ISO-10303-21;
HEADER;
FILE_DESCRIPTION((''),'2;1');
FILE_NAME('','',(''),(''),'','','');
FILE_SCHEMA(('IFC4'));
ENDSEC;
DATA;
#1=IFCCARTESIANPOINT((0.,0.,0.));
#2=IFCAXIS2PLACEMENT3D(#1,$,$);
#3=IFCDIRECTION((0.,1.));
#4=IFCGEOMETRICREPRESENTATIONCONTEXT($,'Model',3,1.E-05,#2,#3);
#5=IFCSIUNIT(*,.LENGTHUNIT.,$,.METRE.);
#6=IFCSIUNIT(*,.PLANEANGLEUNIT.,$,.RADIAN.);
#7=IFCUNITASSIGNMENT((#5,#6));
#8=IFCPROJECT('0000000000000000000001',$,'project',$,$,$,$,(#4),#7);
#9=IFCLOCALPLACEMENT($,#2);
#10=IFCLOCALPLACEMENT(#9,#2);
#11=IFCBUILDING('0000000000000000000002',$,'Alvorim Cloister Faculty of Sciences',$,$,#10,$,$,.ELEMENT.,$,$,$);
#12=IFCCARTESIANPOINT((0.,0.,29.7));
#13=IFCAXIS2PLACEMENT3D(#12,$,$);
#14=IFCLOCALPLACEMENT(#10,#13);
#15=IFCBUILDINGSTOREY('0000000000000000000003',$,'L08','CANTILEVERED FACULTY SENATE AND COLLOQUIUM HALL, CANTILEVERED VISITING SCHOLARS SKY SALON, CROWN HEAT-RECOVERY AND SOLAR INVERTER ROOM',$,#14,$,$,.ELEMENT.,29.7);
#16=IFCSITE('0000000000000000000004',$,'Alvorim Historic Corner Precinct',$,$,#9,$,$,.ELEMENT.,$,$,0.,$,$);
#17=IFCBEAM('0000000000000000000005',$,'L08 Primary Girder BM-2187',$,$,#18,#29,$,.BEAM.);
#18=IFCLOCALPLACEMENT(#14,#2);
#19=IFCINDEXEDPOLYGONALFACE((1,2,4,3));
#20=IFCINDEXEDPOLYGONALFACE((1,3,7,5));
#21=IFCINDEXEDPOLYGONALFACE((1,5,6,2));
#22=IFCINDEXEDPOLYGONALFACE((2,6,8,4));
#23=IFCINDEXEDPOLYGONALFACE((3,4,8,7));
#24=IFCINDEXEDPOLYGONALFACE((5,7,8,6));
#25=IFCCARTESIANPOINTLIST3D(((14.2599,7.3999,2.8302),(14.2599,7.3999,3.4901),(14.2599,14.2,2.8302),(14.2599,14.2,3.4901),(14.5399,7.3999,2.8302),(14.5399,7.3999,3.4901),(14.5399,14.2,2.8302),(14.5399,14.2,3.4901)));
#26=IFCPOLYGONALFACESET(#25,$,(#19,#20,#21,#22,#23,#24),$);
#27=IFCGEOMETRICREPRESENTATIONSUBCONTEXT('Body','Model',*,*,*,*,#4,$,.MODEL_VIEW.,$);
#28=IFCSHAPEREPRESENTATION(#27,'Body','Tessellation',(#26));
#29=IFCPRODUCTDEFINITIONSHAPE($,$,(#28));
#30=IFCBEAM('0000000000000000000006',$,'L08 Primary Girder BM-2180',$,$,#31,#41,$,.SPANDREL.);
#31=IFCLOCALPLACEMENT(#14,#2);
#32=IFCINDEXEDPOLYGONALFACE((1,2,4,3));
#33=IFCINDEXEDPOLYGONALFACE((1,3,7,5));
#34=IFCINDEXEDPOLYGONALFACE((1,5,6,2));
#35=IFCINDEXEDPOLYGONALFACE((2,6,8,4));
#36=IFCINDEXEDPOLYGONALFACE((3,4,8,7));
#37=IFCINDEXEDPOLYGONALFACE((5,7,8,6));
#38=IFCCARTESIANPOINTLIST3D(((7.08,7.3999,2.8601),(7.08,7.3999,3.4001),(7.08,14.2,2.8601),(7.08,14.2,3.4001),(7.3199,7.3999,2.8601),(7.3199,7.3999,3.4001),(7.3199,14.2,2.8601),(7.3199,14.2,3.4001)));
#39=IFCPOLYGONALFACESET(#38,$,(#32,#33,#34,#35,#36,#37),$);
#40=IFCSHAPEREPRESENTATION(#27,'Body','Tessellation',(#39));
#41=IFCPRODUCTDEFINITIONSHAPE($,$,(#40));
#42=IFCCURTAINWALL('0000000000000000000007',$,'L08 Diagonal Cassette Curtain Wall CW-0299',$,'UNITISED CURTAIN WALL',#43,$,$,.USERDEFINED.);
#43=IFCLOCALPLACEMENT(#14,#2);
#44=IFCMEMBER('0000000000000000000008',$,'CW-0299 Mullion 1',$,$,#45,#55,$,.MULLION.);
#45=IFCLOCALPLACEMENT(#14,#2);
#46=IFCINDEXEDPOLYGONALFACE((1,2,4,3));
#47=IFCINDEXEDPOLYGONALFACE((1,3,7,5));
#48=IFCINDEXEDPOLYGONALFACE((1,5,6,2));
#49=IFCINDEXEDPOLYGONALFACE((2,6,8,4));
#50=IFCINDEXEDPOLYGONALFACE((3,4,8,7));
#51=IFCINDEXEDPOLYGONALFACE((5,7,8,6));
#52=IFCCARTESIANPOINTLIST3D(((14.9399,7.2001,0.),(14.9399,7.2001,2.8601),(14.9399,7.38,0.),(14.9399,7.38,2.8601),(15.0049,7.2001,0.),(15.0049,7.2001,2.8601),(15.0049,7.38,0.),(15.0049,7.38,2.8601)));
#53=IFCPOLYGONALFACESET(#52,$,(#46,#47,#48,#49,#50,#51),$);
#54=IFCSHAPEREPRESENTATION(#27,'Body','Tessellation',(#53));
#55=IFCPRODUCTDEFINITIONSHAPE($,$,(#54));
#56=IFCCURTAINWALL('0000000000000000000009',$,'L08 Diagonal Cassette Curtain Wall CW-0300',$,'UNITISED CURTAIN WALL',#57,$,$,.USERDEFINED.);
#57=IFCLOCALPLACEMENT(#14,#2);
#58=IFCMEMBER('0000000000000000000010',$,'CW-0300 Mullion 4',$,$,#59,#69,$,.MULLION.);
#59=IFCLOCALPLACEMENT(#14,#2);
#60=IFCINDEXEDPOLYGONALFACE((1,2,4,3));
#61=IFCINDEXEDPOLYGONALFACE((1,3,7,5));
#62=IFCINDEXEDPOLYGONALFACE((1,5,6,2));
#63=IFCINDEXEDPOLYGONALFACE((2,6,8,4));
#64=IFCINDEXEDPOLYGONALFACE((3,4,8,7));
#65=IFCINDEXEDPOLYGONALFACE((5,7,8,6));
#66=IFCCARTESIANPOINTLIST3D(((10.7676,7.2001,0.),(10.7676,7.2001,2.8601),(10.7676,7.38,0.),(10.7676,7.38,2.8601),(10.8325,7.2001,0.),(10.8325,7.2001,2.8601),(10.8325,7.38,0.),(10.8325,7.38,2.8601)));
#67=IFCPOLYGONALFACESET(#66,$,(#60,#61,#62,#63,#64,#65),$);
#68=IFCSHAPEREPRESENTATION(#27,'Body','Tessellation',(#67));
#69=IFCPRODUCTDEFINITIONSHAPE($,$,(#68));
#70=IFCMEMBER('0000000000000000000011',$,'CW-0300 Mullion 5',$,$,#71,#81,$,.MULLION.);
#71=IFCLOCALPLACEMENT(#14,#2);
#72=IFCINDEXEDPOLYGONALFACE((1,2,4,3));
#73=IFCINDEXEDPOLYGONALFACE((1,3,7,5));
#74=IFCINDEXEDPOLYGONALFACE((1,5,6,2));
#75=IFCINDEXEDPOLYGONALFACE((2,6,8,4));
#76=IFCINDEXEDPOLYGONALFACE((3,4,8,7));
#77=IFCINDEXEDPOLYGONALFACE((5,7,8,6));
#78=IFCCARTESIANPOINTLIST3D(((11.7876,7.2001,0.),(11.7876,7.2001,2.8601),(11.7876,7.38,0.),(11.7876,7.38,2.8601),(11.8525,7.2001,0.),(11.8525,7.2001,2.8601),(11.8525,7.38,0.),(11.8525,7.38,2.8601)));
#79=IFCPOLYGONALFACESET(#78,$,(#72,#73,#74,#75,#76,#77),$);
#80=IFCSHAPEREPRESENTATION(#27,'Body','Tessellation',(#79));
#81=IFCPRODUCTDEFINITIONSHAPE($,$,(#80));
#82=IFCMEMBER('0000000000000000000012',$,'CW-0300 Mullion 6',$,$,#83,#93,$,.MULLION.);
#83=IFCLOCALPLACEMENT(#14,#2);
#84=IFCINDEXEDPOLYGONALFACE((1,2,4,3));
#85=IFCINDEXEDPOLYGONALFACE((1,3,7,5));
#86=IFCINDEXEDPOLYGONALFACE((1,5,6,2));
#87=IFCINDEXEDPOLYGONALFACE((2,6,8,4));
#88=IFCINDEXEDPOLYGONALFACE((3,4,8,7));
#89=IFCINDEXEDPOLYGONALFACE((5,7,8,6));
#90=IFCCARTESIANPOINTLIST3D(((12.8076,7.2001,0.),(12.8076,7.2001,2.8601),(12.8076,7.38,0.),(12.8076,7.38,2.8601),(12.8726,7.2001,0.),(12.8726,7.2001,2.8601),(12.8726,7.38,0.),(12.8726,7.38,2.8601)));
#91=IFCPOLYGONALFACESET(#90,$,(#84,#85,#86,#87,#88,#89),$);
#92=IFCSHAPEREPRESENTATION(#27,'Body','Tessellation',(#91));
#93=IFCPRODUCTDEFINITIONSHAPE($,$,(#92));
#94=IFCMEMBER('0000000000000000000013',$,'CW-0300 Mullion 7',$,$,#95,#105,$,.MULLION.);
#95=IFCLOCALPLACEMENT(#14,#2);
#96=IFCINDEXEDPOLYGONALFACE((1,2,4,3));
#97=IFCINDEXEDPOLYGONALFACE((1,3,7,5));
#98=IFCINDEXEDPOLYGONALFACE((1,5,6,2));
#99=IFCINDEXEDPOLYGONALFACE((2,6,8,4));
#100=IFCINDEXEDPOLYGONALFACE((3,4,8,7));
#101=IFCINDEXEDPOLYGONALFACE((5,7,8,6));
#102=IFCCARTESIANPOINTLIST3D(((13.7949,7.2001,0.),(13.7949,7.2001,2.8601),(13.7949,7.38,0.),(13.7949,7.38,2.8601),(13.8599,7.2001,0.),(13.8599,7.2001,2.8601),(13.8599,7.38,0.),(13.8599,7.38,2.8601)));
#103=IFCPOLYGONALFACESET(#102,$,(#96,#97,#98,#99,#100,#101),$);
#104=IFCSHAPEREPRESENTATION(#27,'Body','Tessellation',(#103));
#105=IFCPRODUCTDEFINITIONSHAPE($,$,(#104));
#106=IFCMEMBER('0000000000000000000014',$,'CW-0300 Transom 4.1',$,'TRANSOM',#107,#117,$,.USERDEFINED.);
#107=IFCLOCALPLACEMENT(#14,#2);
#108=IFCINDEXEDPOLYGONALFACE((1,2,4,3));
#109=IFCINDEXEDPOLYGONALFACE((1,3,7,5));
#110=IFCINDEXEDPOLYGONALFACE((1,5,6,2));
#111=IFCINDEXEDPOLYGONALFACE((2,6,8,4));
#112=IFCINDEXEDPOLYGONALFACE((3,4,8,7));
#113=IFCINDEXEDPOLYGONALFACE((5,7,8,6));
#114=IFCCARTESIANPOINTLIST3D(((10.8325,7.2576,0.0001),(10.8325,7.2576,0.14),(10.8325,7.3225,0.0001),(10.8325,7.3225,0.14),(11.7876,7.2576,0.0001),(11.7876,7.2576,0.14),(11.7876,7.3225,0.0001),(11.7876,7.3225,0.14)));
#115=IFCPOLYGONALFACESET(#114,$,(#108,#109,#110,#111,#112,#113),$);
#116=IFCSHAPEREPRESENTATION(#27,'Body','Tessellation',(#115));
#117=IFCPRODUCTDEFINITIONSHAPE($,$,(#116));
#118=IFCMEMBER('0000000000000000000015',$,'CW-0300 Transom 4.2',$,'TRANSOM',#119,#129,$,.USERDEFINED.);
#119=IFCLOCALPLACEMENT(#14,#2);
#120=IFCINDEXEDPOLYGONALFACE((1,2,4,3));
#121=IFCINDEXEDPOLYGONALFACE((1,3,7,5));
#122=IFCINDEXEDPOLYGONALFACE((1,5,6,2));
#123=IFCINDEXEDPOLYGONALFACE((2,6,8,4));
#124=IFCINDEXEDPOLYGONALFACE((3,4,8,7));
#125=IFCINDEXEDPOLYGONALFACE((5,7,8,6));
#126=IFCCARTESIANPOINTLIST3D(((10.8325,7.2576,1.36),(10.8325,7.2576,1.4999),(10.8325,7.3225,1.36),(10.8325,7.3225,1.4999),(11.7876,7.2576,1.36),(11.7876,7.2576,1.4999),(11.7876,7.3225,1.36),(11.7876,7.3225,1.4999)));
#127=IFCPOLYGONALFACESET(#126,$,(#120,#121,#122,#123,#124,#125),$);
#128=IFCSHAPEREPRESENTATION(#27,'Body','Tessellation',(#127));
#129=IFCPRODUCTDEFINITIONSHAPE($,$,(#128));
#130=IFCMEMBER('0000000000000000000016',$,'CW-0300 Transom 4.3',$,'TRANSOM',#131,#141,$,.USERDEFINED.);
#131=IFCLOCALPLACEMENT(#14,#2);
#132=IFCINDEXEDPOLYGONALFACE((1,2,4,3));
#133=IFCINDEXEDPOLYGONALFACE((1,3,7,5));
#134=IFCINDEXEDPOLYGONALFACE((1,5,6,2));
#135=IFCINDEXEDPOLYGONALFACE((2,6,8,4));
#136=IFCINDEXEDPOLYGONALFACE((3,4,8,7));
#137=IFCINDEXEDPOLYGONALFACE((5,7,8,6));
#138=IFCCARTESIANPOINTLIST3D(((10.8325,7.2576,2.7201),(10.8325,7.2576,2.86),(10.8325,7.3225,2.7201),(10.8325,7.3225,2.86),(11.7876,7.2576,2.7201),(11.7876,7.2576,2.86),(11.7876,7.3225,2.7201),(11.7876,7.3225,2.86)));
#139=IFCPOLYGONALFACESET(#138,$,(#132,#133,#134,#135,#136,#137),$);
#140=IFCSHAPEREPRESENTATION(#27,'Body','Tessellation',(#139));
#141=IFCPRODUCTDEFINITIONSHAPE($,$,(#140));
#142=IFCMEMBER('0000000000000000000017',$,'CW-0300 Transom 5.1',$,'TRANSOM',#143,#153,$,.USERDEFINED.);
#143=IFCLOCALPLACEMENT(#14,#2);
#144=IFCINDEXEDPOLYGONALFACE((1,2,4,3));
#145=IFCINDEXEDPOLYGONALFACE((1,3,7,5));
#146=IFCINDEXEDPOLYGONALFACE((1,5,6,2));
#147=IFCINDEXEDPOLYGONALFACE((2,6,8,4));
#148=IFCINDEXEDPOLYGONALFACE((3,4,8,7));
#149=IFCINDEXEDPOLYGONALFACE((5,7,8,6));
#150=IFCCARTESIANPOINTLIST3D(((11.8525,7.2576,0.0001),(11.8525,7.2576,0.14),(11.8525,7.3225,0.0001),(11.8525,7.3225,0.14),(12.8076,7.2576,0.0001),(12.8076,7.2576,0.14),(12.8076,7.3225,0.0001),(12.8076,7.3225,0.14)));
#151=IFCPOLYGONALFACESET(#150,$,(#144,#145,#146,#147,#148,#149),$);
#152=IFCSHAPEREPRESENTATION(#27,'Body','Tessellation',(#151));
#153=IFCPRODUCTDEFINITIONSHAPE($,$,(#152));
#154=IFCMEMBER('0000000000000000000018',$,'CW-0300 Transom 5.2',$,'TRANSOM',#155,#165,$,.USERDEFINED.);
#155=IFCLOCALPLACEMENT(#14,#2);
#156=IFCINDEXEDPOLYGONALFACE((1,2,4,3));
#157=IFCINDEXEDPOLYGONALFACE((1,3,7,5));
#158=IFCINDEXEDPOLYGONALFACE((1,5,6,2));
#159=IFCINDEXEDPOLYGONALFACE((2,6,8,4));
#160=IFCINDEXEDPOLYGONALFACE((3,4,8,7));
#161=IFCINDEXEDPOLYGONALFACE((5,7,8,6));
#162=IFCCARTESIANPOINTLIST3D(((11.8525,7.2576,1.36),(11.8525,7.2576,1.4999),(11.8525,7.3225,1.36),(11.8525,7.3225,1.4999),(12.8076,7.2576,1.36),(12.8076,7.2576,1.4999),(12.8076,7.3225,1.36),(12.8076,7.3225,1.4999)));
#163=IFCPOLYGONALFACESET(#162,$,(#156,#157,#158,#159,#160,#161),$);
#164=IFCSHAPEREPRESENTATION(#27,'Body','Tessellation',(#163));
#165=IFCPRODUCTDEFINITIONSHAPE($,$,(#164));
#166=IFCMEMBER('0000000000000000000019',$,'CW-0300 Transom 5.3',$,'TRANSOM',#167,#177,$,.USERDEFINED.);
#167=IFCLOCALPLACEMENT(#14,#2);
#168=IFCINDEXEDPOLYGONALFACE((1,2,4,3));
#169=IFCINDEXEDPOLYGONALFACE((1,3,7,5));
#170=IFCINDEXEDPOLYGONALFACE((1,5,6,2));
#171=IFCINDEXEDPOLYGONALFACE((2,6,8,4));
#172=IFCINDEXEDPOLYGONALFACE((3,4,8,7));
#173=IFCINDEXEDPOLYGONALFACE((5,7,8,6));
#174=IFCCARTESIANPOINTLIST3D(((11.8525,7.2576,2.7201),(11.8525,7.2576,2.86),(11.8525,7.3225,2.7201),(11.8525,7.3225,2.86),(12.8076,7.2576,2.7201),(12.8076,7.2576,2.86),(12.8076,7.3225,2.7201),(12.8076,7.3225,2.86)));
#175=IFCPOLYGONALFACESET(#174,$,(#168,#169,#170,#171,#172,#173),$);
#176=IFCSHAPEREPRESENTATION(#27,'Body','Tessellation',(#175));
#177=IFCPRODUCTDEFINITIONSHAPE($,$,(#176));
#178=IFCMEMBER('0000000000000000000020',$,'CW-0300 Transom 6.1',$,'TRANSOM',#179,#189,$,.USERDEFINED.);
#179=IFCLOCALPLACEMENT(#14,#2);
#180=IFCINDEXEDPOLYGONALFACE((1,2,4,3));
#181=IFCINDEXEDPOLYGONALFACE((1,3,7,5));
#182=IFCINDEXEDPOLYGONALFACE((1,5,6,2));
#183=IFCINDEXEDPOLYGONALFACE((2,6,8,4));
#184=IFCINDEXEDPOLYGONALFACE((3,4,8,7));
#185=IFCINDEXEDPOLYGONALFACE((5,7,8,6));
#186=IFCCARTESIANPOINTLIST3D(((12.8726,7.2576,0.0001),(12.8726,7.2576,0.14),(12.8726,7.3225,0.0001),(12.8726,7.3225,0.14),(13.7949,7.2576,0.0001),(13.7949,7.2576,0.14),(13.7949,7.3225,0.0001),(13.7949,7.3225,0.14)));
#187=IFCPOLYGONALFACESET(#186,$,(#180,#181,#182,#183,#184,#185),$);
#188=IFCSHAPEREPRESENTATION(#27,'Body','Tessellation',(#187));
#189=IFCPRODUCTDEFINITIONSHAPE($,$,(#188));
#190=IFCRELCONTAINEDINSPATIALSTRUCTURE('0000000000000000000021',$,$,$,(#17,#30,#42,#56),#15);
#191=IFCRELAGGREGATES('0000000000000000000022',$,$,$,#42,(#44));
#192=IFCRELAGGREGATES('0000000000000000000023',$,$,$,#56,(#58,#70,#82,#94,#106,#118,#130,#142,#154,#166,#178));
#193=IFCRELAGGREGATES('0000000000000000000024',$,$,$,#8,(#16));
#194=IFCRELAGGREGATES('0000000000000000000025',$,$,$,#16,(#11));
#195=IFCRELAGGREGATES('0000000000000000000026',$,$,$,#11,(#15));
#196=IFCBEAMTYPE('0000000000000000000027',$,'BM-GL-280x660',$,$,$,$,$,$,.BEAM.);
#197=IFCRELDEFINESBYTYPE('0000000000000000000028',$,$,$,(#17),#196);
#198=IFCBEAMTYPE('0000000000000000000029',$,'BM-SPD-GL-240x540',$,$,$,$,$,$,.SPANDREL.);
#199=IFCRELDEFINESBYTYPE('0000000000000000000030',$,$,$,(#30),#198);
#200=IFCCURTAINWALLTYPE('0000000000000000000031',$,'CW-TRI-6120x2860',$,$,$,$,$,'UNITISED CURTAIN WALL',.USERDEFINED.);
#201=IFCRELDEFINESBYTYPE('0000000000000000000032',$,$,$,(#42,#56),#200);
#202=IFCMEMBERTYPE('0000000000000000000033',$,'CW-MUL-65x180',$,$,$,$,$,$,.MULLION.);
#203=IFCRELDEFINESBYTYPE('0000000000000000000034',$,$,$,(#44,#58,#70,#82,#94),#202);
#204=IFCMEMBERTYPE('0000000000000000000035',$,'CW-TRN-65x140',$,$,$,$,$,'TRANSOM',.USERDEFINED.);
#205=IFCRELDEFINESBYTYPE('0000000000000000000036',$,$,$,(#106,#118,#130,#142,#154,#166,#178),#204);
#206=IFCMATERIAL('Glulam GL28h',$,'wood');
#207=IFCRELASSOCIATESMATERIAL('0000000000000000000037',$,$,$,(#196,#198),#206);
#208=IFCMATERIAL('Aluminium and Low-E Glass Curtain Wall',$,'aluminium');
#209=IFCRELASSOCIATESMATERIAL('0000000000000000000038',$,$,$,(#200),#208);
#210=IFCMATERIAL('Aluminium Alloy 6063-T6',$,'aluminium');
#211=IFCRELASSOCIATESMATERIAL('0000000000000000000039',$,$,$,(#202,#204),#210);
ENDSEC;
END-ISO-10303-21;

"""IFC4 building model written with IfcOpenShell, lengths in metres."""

from ifc_helpers import new_model, si_unit, direction, frame, origin, origin_2d, place, context, subcontext, project, spatial, rectangle, extrude, material, material_profile, profile_set, type_object, element, aggregate, save


model = new_model("IFC4")

# Units and contexts
model_context = context("Model", 3, precision=1e-05, world=origin(), true_north=direction((0.0, 1.0)))
body_context = subcontext(model_context, "Body", "Model", "MODEL_VIEW")
ifc_project = project(units=[si_unit("LENGTHUNIT", "METRE"), si_unit("PLANEANGLEUNIT", "RADIAN")], contexts=[model_context])

# Site, building, storey
site_placement = place(None, origin())
site = spatial("IfcSite", under=ifc_project, at=site_placement, Name="Alvorim Historic Corner Precinct", CompositionType="ELEMENT", RefElevation=0.0)
building_placement = place(site_placement, origin())
building = spatial("IfcBuilding", under=site, at=building_placement, Name="Alvorim Cloister Faculty of Sciences", CompositionType="ELEMENT")
storey_placement = place(building_placement, frame((0.0, 0.0, 29.7)))
storey = spatial("IfcBuildingStorey", under=building, at=storey_placement, Name="L08", Description="CANTILEVERED FACULTY SENATE AND COLLOQUIUM HALL, CANTILEVERED VISITING SCHOLARS SKY SALON, CROWN HEAT-RECOVERY AND SOLAR INVERTER ROOM", CompositionType="ELEMENT", Elevation=29.7)

# Beams
ifc_material_1 = material(Name="Glulam GL28h", Category="wood")
ifc_material_profile_1 = material_profile(ifc_material_1, rectangle(XDim=0.28, YDim=0.6599, at=origin_2d()), Name="GL28-BM-280x660")
ifc_profile_set_1 = profile_set([ifc_material_profile_1], Name="Glulam GL28h")
beam_type_1 = type_object("IfcBeamType", Name="BM-GL-280x660", PredefinedType="BEAM", material=ifc_profile_set_1)
beam_1_placement = place(storey_placement, frame((14.3999, 7.3999, 3.1602), z_axis=(0.0, 1.0, 0.0), x_axis=(-1.0, 0.0, 0.0)))
element("IfcBeam", 1, at=beam_1_placement, inside=storey, type_object=beam_type_1, Name="L08 Primary Girder BM-2187", PredefinedType="BEAM", context=body_context, shape_type="SweptSolid", body=[
    extrude(rectangle(XDim=0.28, YDim=0.6599, at=origin_2d()), origin(), (0.0, 0.0, 1.0), 6.8),
])
ifc_material_profile_2 = material_profile(ifc_material_1, rectangle(XDim=0.24, YDim=0.54, at=origin_2d()), Name="GL28-SPD-240x540")
ifc_profile_set_2 = profile_set([ifc_material_profile_2], Name="Glulam GL28h")
beam_type_2 = type_object("IfcBeamType", Name="BM-SPD-GL-240x540", PredefinedType="SPANDREL", material=ifc_profile_set_2)
beam_2_placement = place(storey_placement, frame((7.2, 7.3999, 3.1301), z_axis=(0.0, 1.0, 0.0), x_axis=(-1.0, 0.0, 0.0)))
element("IfcBeam", 2, at=beam_2_placement, inside=storey, type_object=beam_type_2, Name="L08 Primary Girder BM-2180", PredefinedType="SPANDREL", context=body_context, shape_type="SweptSolid", body=[
    extrude(rectangle(XDim=0.24, YDim=0.54, at=origin_2d()), origin(), (0.0, 0.0, 1.0), 6.8),
])

# Curtain wall, member
ifc_material_2 = material(Name="Aluminium and Low-E Glass Curtain Wall", Category="aluminium")
curtain_wall_type = type_object("IfcCurtainWallType", Name="CW-TRI-6120x2860", ElementType="UNITISED CURTAIN WALL", PredefinedType="USERDEFINED", material=ifc_material_2)
curtain_wall_1_placement = place(storey_placement, origin())
curtain_wall_1 = element("IfcCurtainWall", 3, at=curtain_wall_1_placement, inside=storey, type_object=curtain_wall_type, Name="L08 Diagonal Cassette Curtain Wall CW-0299", ObjectType="UNITISED CURTAIN WALL", PredefinedType="USERDEFINED")
ifc_material_3 = material(Name="Aluminium Alloy 6063-T6", Category="aluminium")
ifc_material_profile_3 = material_profile(ifc_material_3, rectangle(XDim=0.0649, YDim=0.1799, at=origin_2d()), Name="ALU-MUL-65x180")
ifc_profile_set_3 = profile_set([ifc_material_profile_3], Name="Aluminium Alloy 6063-T6")
member_type_1 = type_object("IfcMemberType", Name="CW-MUL-65x180", PredefinedType="MULLION", material=ifc_profile_set_3)
member_1_placement = place(storey_placement, frame((14.9724, 7.29, 0.0), z_axis=(0.0, 0.0, 1.0), x_axis=(1.0, 0.0, 0.0)))
member_1 = element("IfcMember", 4, at=member_1_placement, type_object=member_type_1, Name="CW-0299 Mullion 1", PredefinedType="MULLION", context=body_context, shape_type="SweptSolid", body=[
    extrude(rectangle(XDim=0.0649, YDim=0.1799, at=origin_2d()), origin(), (0.0, 0.0, 1.0), 2.8601),
])
aggregate(curtain_wall_1, [member_1])

# Curtain wall, members
curtain_wall_2_placement = place(storey_placement, origin())
curtain_wall_2 = element("IfcCurtainWall", 5, at=curtain_wall_2_placement, inside=storey, type_object=curtain_wall_type, Name="L08 Diagonal Cassette Curtain Wall CW-0300", ObjectType="UNITISED CURTAIN WALL", PredefinedType="USERDEFINED")
member_2_placement = place(storey_placement, frame((10.8, 7.29, 0.0), z_axis=(0.0, 0.0, 1.0), x_axis=(1.0, 0.0, 0.0)))
member_2 = element("IfcMember", 6, at=member_2_placement, type_object=member_type_1, Name="CW-0300 Mullion 4", PredefinedType="MULLION", context=body_context, shape_type="SweptSolid", body=[
    extrude(rectangle(XDim=0.0649, YDim=0.1799, at=origin_2d()), origin(), (0.0, 0.0, 1.0), 2.8601),
])
member_3_placement = place(storey_placement, frame((11.8201, 7.29, 0.0), z_axis=(0.0, 0.0, 1.0), x_axis=(1.0, 0.0, 0.0)))
member_3 = element("IfcMember", 7, at=member_3_placement, type_object=member_type_1, Name="CW-0300 Mullion 5", PredefinedType="MULLION", context=body_context, shape_type="SweptSolid", body=[
    extrude(rectangle(XDim=0.0649, YDim=0.1799, at=origin_2d()), origin(), (0.0, 0.0, 1.0), 2.8601),
])
member_4_placement = place(storey_placement, frame((12.8401, 7.29, 0.0), z_axis=(0.0, 0.0, 1.0), x_axis=(1.0, 0.0, 0.0)))
member_4 = element("IfcMember", 8, at=member_4_placement, type_object=member_type_1, Name="CW-0300 Mullion 6", PredefinedType="MULLION", context=body_context, shape_type="SweptSolid", body=[
    extrude(rectangle(XDim=0.0649, YDim=0.1799, at=origin_2d()), origin(), (0.0, 0.0, 1.0), 2.8601),
])
member_5_placement = place(storey_placement, frame((13.8274, 7.29, 0.0), z_axis=(0.0, 0.0, 1.0), x_axis=(1.0, 0.0, 0.0)))
member_5 = element("IfcMember", 9, at=member_5_placement, type_object=member_type_1, Name="CW-0300 Mullion 7", PredefinedType="MULLION", context=body_context, shape_type="SweptSolid", body=[
    extrude(rectangle(XDim=0.0649, YDim=0.1799, at=origin_2d()), origin(), (0.0, 0.0, 1.0), 2.8601),
])
ifc_material_profile_4 = material_profile(ifc_material_3, rectangle(XDim=0.0649, YDim=0.1399, at=origin_2d()), Name="ALU-TRN-65x140")
ifc_profile_set_4 = profile_set([ifc_material_profile_4], Name="Aluminium Alloy 6063-T6")
member_type_2 = type_object("IfcMemberType", Name="CW-TRN-65x140", ElementType="TRANSOM", PredefinedType="USERDEFINED", material=ifc_profile_set_4)
member_6_placement = place(storey_placement, frame((10.8325, 7.29, 0.0701), z_axis=(1.0, 0.0, 0.0), x_axis=(0.0, 1.0, 0.0)))
member_6 = element("IfcMember", 10, at=member_6_placement, type_object=member_type_2, Name="CW-0300 Transom 4.1", ObjectType="TRANSOM", PredefinedType="USERDEFINED", context=body_context, shape_type="SweptSolid", body=[
    extrude(rectangle(XDim=0.0649, YDim=0.1399, at=origin_2d()), origin(), (0.0, 0.0, 1.0), 0.9551),
])
member_7_placement = place(storey_placement, frame((10.8325, 7.29, 1.4299), z_axis=(1.0, 0.0, 0.0), x_axis=(0.0, 1.0, 0.0)))
member_7 = element("IfcMember", 11, at=member_7_placement, type_object=member_type_2, Name="CW-0300 Transom 4.2", ObjectType="TRANSOM", PredefinedType="USERDEFINED", context=body_context, shape_type="SweptSolid", body=[
    extrude(rectangle(XDim=0.0649, YDim=0.1399, at=origin_2d()), origin(), (0.0, 0.0, 1.0), 0.9551),
])
member_8_placement = place(storey_placement, frame((10.8325, 7.29, 2.79), z_axis=(1.0, 0.0, 0.0), x_axis=(0.0, 1.0, 0.0)))
member_8 = element("IfcMember", 12, at=member_8_placement, type_object=member_type_2, Name="CW-0300 Transom 4.3", ObjectType="TRANSOM", PredefinedType="USERDEFINED", context=body_context, shape_type="SweptSolid", body=[
    extrude(rectangle(XDim=0.0649, YDim=0.1399, at=origin_2d()), origin(), (0.0, 0.0, 1.0), 0.9551),
])
member_9_placement = place(storey_placement, frame((11.8525, 7.29, 0.0701), z_axis=(1.0, 0.0, 0.0), x_axis=(0.0, 1.0, 0.0)))
member_9 = element("IfcMember", 13, at=member_9_placement, type_object=member_type_2, Name="CW-0300 Transom 5.1", ObjectType="TRANSOM", PredefinedType="USERDEFINED", context=body_context, shape_type="SweptSolid", body=[
    extrude(rectangle(XDim=0.0649, YDim=0.1399, at=origin_2d()), origin(), (0.0, 0.0, 1.0), 0.9551),
])
member_10_placement = place(storey_placement, frame((11.8525, 7.29, 1.4299), z_axis=(1.0, 0.0, 0.0), x_axis=(0.0, 1.0, 0.0)))
member_10 = element("IfcMember", 14, at=member_10_placement, type_object=member_type_2, Name="CW-0300 Transom 5.2", ObjectType="TRANSOM", PredefinedType="USERDEFINED", context=body_context, shape_type="SweptSolid", body=[
    extrude(rectangle(XDim=0.0649, YDim=0.1399, at=origin_2d()), origin(), (0.0, 0.0, 1.0), 0.9551),
])
member_11_placement = place(storey_placement, frame((11.8525, 7.29, 2.79), z_axis=(1.0, 0.0, 0.0), x_axis=(0.0, 1.0, 0.0)))
member_11 = element("IfcMember", 15, at=member_11_placement, type_object=member_type_2, Name="CW-0300 Transom 5.3", ObjectType="TRANSOM", PredefinedType="USERDEFINED", context=body_context, shape_type="SweptSolid", body=[
    extrude(rectangle(XDim=0.0649, YDim=0.1399, at=origin_2d()), origin(), (0.0, 0.0, 1.0), 0.9551),
])
member_12_placement = place(storey_placement, frame((12.8726, 7.29, 0.0701), z_axis=(1.0, 0.0, 0.0), x_axis=(0.0, 1.0, 0.0)))
member_12 = element("IfcMember", 16, at=member_12_placement, type_object=member_type_2, Name="CW-0300 Transom 6.1", ObjectType="TRANSOM", PredefinedType="USERDEFINED", context=body_context, shape_type="SweptSolid", body=[
    extrude(rectangle(XDim=0.0649, YDim=0.1399, at=origin_2d()), origin(), (0.0, 0.0, 1.0), 0.9224),
])
aggregate(curtain_wall_2, [member_2, member_3, member_4, member_5, member_6, member_7, member_8, member_9, member_10, member_11, member_12])

save(model, "model.ifc")
